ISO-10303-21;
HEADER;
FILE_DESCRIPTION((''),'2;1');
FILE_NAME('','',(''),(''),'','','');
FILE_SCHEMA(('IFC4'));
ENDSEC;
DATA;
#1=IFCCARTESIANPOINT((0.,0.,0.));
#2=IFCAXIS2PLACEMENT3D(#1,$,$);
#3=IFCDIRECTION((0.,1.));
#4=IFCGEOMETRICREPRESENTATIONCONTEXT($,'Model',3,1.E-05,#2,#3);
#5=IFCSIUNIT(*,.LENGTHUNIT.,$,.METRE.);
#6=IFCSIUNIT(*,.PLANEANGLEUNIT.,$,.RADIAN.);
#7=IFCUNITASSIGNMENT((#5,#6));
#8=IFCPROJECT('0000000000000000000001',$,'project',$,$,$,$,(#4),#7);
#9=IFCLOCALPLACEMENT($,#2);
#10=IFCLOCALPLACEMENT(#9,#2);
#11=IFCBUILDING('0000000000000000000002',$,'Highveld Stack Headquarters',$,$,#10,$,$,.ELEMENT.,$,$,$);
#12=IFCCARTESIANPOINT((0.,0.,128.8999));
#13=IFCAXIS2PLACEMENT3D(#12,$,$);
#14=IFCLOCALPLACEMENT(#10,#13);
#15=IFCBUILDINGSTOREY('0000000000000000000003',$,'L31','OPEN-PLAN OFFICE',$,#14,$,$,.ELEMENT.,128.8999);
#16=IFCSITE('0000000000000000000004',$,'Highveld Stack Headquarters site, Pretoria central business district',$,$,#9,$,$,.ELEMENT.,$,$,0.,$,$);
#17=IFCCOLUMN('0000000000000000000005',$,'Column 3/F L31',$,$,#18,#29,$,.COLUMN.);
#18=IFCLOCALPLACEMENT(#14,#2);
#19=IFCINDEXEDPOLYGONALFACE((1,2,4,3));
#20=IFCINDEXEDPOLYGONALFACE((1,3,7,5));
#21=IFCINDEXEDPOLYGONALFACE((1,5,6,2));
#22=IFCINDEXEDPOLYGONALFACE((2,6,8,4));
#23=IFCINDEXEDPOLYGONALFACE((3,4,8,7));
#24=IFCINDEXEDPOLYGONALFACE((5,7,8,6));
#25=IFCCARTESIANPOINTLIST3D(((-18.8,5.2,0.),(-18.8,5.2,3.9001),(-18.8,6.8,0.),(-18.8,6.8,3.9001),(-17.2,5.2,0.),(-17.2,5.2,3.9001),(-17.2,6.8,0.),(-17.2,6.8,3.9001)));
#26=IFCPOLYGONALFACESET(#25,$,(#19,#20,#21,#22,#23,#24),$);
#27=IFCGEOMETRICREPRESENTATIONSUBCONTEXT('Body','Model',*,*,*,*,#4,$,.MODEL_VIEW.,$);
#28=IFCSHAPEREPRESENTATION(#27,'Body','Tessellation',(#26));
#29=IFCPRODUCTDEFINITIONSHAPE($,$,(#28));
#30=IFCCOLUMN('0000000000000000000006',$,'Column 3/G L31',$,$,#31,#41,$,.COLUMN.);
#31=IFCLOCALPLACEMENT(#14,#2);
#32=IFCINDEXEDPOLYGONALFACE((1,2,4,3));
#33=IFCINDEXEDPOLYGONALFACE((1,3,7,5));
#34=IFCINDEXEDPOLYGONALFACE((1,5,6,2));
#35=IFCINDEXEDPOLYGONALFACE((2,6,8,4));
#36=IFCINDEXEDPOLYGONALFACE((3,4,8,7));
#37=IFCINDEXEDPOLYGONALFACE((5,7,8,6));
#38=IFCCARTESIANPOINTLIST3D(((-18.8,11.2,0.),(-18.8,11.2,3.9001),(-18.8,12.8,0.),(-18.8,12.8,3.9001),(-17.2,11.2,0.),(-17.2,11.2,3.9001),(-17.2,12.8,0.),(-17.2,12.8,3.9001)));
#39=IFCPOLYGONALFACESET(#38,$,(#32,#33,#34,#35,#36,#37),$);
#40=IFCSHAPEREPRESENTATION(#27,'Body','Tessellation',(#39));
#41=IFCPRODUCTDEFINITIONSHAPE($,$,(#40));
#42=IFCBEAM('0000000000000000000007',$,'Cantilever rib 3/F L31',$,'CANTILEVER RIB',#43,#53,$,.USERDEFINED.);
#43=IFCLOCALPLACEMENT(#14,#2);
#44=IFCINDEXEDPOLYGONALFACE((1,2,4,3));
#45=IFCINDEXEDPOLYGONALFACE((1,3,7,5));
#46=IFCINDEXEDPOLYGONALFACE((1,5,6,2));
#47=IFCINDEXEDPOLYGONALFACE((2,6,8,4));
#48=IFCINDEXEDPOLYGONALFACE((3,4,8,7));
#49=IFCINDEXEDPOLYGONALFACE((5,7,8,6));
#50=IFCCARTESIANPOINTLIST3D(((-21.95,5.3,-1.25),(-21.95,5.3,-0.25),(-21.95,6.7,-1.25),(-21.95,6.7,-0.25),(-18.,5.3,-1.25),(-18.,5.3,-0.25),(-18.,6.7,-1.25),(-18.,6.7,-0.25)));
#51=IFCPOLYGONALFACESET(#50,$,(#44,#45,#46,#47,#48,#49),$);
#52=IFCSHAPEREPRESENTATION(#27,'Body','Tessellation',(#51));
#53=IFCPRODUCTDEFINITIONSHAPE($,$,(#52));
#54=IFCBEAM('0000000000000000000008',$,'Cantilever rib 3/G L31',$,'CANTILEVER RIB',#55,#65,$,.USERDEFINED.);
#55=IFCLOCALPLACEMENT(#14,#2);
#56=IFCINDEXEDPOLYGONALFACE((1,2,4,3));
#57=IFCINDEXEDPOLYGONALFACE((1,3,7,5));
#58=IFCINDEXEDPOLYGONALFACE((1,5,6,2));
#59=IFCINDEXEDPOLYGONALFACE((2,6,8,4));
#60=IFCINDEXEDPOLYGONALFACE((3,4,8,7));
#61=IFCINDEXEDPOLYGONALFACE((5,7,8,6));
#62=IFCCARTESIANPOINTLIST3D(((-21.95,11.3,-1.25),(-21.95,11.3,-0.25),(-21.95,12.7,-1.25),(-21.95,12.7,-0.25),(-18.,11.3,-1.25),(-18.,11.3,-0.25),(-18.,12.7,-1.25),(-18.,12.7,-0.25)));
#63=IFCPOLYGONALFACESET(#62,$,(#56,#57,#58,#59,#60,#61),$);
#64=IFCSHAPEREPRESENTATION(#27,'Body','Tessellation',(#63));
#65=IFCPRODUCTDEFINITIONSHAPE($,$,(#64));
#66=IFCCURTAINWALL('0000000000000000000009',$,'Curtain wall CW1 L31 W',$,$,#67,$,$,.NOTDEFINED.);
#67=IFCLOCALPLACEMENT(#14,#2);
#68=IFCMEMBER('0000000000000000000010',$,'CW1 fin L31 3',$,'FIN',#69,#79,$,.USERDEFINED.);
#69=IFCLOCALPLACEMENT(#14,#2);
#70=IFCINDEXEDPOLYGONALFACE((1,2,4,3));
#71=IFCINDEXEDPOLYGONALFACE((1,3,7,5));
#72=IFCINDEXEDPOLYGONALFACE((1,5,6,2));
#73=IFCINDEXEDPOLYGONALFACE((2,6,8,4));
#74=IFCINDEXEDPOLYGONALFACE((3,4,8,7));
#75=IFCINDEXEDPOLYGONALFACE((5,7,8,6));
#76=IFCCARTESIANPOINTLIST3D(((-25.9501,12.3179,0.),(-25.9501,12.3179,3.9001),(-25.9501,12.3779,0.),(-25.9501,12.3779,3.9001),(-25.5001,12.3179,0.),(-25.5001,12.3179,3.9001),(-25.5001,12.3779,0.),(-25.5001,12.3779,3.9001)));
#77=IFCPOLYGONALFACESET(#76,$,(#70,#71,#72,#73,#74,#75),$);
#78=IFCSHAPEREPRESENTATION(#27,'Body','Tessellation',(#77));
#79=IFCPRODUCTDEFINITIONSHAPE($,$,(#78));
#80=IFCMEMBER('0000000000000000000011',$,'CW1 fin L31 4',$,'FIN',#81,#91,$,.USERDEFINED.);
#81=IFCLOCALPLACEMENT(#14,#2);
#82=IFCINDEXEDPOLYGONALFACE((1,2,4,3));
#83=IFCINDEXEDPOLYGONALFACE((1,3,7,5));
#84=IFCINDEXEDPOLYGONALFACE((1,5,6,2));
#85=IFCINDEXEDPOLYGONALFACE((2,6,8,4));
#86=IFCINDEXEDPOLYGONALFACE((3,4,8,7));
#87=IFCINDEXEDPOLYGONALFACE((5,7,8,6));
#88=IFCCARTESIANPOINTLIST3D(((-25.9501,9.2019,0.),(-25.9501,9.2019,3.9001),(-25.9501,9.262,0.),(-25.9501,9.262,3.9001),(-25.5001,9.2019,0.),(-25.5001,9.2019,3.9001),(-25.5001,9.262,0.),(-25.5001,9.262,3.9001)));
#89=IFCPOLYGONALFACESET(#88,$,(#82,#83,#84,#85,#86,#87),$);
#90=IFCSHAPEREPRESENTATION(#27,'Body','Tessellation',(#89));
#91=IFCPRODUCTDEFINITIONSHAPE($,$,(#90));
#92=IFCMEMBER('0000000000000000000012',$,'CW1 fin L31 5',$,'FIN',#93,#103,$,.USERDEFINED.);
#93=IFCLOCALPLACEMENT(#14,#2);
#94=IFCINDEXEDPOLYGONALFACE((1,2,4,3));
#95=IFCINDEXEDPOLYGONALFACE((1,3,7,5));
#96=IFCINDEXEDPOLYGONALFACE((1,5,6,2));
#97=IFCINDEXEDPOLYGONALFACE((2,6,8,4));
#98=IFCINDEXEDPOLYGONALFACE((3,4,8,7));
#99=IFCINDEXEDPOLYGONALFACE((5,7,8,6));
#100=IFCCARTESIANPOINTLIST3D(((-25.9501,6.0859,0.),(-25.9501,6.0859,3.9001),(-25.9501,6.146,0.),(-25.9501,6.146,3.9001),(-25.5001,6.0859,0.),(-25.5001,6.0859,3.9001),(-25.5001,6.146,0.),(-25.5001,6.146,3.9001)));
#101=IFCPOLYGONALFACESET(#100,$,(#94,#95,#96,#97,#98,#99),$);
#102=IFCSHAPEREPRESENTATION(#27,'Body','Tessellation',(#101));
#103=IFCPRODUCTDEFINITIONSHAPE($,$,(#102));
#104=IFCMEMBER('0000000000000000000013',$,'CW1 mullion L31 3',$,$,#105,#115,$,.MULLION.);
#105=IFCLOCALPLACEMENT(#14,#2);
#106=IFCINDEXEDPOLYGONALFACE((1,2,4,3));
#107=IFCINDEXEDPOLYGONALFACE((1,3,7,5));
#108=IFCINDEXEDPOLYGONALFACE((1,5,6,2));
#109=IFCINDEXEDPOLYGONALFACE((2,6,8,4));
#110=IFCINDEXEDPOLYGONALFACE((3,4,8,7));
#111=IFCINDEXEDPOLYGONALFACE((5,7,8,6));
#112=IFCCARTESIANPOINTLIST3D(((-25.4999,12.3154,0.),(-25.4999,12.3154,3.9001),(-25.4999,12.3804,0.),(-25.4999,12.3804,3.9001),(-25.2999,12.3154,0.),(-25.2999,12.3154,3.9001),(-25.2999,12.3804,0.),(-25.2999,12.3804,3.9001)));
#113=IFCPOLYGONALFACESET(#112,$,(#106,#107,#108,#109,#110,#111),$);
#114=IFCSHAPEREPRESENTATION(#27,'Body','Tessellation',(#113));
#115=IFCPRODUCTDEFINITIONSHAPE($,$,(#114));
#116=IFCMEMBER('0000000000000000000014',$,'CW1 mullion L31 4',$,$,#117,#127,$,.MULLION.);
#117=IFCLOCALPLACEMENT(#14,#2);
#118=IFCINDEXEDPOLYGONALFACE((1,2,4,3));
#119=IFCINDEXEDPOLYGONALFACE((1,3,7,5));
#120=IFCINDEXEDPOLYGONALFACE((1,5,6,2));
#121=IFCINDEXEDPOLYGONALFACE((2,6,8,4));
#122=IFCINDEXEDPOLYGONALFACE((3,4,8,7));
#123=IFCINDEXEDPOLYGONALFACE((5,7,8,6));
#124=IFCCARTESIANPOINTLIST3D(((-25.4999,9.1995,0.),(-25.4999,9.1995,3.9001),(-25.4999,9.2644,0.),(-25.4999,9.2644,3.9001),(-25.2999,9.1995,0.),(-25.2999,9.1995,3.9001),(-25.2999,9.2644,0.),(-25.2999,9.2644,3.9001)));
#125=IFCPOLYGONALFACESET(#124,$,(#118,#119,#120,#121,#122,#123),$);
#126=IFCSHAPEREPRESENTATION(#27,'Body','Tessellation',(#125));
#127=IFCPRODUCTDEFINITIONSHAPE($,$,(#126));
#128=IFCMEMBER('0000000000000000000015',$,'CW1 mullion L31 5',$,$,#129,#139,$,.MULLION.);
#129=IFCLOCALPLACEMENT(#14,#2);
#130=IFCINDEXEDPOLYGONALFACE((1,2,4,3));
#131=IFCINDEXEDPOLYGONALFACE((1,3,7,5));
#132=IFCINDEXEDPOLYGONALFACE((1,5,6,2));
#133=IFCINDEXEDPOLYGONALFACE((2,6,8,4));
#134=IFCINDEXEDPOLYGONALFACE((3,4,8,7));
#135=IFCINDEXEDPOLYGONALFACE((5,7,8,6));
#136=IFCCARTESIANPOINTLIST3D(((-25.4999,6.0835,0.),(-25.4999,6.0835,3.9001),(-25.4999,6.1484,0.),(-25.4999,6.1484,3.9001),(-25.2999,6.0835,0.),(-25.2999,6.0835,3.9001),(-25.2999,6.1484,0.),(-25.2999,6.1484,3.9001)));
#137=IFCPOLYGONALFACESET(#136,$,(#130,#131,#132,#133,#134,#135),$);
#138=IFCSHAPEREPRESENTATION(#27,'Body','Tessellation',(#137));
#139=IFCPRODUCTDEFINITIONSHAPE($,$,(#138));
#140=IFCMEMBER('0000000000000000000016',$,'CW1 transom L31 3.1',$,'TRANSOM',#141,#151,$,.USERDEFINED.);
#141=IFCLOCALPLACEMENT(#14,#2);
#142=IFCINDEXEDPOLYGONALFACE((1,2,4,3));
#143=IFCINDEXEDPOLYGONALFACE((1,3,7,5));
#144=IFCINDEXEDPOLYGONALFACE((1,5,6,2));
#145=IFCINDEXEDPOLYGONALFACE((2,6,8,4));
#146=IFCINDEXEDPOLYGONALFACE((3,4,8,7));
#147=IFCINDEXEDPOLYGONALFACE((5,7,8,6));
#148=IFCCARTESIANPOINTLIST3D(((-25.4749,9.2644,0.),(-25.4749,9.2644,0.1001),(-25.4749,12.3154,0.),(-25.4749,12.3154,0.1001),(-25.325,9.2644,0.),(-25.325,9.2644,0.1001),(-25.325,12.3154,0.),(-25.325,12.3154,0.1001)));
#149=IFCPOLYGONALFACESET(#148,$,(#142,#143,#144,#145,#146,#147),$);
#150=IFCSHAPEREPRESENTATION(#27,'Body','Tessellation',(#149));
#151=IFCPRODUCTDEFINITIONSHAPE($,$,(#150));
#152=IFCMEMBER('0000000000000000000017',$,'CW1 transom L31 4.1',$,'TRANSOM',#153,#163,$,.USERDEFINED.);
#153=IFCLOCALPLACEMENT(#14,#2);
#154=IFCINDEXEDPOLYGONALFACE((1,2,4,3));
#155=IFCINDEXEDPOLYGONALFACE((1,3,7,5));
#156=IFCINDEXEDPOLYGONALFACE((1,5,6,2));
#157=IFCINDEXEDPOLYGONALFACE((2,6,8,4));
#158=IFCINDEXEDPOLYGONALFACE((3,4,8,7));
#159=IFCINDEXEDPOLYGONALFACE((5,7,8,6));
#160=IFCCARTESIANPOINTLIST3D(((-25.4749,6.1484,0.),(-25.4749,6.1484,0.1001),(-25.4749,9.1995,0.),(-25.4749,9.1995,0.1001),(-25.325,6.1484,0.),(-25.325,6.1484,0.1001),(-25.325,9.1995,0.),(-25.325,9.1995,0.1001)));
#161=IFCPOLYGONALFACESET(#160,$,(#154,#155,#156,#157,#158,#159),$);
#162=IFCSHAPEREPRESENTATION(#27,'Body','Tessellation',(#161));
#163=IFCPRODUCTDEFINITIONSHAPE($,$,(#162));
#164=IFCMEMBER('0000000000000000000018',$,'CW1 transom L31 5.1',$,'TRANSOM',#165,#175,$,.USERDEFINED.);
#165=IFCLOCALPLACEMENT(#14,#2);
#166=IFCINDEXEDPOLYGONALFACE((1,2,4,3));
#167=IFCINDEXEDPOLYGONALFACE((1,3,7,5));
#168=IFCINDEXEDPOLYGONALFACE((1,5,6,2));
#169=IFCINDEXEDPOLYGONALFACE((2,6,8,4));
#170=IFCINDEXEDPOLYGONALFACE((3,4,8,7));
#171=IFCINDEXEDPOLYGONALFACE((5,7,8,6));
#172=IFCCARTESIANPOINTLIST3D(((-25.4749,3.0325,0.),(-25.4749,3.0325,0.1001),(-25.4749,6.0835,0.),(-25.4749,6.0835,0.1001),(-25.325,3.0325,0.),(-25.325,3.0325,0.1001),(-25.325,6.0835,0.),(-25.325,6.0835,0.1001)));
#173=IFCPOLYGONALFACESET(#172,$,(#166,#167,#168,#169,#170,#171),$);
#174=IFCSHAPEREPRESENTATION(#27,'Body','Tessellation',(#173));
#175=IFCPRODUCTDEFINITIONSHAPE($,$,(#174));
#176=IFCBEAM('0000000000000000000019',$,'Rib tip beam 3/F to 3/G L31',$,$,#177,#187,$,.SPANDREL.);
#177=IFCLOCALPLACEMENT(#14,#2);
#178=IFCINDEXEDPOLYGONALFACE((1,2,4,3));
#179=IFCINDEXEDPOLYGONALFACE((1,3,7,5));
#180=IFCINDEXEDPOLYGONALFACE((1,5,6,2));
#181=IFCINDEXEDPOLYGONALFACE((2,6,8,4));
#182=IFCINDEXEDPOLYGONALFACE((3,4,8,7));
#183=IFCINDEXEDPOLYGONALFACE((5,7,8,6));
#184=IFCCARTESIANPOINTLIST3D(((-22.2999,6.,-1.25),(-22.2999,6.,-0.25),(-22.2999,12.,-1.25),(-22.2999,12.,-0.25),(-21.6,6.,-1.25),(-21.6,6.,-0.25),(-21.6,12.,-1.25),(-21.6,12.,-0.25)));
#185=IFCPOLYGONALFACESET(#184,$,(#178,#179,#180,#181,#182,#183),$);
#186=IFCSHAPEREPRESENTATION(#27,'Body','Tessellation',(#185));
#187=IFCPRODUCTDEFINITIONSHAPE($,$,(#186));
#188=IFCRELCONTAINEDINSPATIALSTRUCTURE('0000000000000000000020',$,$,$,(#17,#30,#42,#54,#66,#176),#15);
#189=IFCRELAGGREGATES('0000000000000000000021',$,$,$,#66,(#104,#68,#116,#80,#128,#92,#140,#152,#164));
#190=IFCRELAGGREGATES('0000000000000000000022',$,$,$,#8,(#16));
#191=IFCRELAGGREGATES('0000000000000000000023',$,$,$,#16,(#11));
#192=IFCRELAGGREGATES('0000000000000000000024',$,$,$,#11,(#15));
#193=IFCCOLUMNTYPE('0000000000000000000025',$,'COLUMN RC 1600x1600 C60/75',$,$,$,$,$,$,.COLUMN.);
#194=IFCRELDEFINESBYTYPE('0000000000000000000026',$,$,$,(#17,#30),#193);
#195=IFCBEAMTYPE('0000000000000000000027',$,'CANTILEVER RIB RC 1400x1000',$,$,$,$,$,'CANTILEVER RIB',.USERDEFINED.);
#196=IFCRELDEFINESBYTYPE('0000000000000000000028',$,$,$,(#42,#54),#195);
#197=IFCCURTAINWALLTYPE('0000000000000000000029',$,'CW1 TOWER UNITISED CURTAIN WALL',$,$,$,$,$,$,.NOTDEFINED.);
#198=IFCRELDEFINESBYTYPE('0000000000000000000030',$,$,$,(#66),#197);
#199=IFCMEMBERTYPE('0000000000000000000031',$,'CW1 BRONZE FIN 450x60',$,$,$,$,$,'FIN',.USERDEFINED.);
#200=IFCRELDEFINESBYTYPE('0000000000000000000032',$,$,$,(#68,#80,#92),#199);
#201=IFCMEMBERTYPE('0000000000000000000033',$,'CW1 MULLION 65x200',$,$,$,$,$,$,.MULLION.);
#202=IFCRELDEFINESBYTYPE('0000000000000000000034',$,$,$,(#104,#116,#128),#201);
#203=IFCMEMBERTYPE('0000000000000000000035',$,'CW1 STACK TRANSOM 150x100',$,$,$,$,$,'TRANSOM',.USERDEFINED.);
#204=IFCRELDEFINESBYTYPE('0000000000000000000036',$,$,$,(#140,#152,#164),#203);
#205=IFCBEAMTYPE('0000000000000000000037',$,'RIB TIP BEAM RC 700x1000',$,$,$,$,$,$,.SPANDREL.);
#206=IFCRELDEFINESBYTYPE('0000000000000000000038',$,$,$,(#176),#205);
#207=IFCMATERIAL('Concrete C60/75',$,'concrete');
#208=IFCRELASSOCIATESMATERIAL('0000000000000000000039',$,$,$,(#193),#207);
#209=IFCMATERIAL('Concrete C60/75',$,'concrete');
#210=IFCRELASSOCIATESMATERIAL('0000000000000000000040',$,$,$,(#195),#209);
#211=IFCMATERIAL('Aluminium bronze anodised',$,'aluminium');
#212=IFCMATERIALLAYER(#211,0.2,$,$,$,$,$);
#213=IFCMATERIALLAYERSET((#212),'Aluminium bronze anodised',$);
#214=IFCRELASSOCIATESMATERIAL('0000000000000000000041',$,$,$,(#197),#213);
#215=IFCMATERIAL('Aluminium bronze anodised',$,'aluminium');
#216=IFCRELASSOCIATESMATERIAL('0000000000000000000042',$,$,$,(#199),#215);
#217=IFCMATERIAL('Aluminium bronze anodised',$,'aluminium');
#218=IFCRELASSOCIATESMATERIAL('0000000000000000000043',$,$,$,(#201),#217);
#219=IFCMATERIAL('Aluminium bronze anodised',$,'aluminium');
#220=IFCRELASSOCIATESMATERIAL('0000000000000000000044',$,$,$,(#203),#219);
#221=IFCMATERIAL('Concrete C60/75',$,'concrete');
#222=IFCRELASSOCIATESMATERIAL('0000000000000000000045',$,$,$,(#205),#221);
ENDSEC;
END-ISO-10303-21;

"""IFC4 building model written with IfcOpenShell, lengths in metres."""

from ifc_helpers import new_model, si_unit, direction, frame, origin, origin_2d, place, context, subcontext, project, spatial, rectangle, extrude, material, layer, layer_set, material_profile, profile_set, type_object, element, aggregate, save


model = new_model("IFC4")

# Units and contexts
model_context = context("Model", 3, precision=1e-05, world=origin(), true_north=direction((0.0, 1.0)))
body_context = subcontext(model_context, "Body", "Model", "MODEL_VIEW")
ifc_project = project(units=[si_unit("LENGTHUNIT", "METRE"), si_unit("PLANEANGLEUNIT", "RADIAN")], contexts=[model_context])

# Site, building, storey
site_placement = place(None, origin())
site = spatial("IfcSite", under=ifc_project, at=site_placement, Name="Highveld Stack Headquarters site, Pretoria central business district", CompositionType="ELEMENT", RefElevation=0.0)
building_placement = place(site_placement, origin())
building = spatial("IfcBuilding", under=site, at=building_placement, Name="Highveld Stack Headquarters", CompositionType="ELEMENT")
storey_placement = place(building_placement, frame((0.0, 0.0, 128.8999)))
storey = spatial("IfcBuildingStorey", under=building, at=storey_placement, Name="L31", Description="OPEN-PLAN OFFICE", CompositionType="ELEMENT", Elevation=128.8999)

# Columns
ifc_material_1 = material(Name="Concrete C60/75", Category="concrete")
ifc_material_profile_1 = material_profile(ifc_material_1, rectangle(XDim=1.6001, YDim=1.6001, at=origin_2d()), Name="RC 1600x1600")
ifc_profile_set_1 = profile_set([ifc_material_profile_1], Name="Concrete C60/75")
column_type = type_object("IfcColumnType", Name="COLUMN RC 1600x1600 C60/75", PredefinedType="COLUMN", material=ifc_profile_set_1)
for number, where, z_axis, x_axis, name in (
    (1, (-18.0, 6.0, 0.0), (0.0, 0.0, 1.0), (1.0, 0.0, 0.0), "Column 3/F L31"),
    (2, (-18.0, 12.0, 0.0), (0.0, 0.0, 1.0), (1.0, 0.0, 0.0), "Column 3/G L31"),
):
    element("IfcColumn", number, at=place(storey_placement, frame(where, z_axis=z_axis, x_axis=x_axis)), inside=storey, type_object=column_type, Name=name, PredefinedType="COLUMN", context=body_context, shape_type="SweptSolid", body=[
        extrude(rectangle(XDim=1.6001, YDim=1.6001, at=origin_2d()), origin(), (0.0, 0.0, 1.0), 3.9001),
    ])

# Beams
ifc_material_2 = material(Name="Concrete C60/75", Category="concrete")
ifc_material_profile_2 = material_profile(ifc_material_2, rectangle(XDim=1.3999, YDim=1.0, at=origin_2d()), Name="RC 1400x1000")
ifc_profile_set_2 = profile_set([ifc_material_profile_2], Name="Concrete C60/75")
beam_type_1 = type_object("IfcBeamType", Name="CANTILEVER RIB RC 1400x1000", ElementType="CANTILEVER RIB", PredefinedType="USERDEFINED", material=ifc_profile_set_2)
for number, where, z_axis, x_axis, name in (
    (3, (-18.0, 6.0, -0.75), (-1.0, 0.0, 0.0), (0.0, -1.0, 0.0), "Cantilever rib 3/F L31"),
    (4, (-18.0, 12.0, -0.75), (-1.0, 0.0, 0.0), (0.0, -1.0, 0.0), "Cantilever rib 3/G L31"),
):
    element("IfcBeam", number, at=place(storey_placement, frame(where, z_axis=z_axis, x_axis=x_axis)), inside=storey, type_object=beam_type_1, Name=name, ObjectType="CANTILEVER RIB", PredefinedType="USERDEFINED", context=body_context, shape_type="SweptSolid", body=[
        extrude(rectangle(XDim=1.3999, YDim=1.0, at=origin_2d()), origin(), (0.0, 0.0, 1.0), 3.95),
    ])

# Curtain wall, members
ifc_material_3 = material(Name="Aluminium bronze anodised", Category="aluminium")
ifc_layer_1 = layer(ifc_material_3, 0.2)
ifc_layer_set_1 = layer_set([ifc_layer_1], Name="Aluminium bronze anodised")
curtain_wall_type = type_object("IfcCurtainWallType", Name="CW1 TOWER UNITISED CURTAIN WALL", PredefinedType="NOTDEFINED", material=ifc_layer_set_1)
curtain_wall_placement = place(storey_placement, origin())
curtain_wall = element("IfcCurtainWall", 5, at=curtain_wall_placement, inside=storey, type_object=curtain_wall_type, Name="Curtain wall CW1 L31 W", PredefinedType="NOTDEFINED")
ifc_material_4 = material(Name="Aluminium bronze anodised", Category="aluminium")
ifc_material_profile_3 = material_profile(ifc_material_4, rectangle(XDim=0.45, YDim=0.0601, at=origin_2d()), Name="FIN 450x60")
ifc_profile_set_3 = profile_set([ifc_material_profile_3], Name="Aluminium bronze anodised")
member_type_1 = type_object("IfcMemberType", Name="CW1 BRONZE FIN 450x60", ElementType="FIN", PredefinedType="USERDEFINED", material=ifc_profile_set_3)
member_1_placement = place(storey_placement, frame((-25.7251, 12.3479, 0.0), z_axis=(0.0, 0.0, 1.0), x_axis=(1.0, 0.0, 0.0)))
member_1 = element("IfcMember", 6, at=member_1_placement, type_object=member_type_1, Name="CW1 fin L31 3", ObjectType="FIN", PredefinedType="USERDEFINED", context=body_context, shape_type="SweptSolid", body=[
    extrude(rectangle(XDim=0.45, YDim=0.0601, at=origin_2d()), origin(), (0.0, 0.0, 1.0), 3.9001),
])
member_2_placement = place(storey_placement, frame((-25.7251, 9.2319, 0.0), z_axis=(0.0, 0.0, 1.0), x_axis=(1.0, 0.0, 0.0)))
member_2 = element("IfcMember", 7, at=member_2_placement, type_object=member_type_1, Name="CW1 fin L31 4", ObjectType="FIN", PredefinedType="USERDEFINED", context=body_context, shape_type="SweptSolid", body=[
    extrude(rectangle(XDim=0.45, YDim=0.0601, at=origin_2d()), origin(), (0.0, 0.0, 1.0), 3.9001),
])
member_3_placement = place(storey_placement, frame((-25.7251, 6.116, 0.0), z_axis=(0.0, 0.0, 1.0), x_axis=(1.0, 0.0, 0.0)))
member_3 = element("IfcMember", 8, at=member_3_placement, type_object=member_type_1, Name="CW1 fin L31 5", ObjectType="FIN", PredefinedType="USERDEFINED", context=body_context, shape_type="SweptSolid", body=[
    extrude(rectangle(XDim=0.45, YDim=0.0601, at=origin_2d()), origin(), (0.0, 0.0, 1.0), 3.9001),
])
ifc_material_5 = material(Name="Aluminium bronze anodised", Category="aluminium")
ifc_material_profile_4 = material_profile(ifc_material_5, rectangle(XDim=0.2, YDim=0.0649, at=origin_2d()), Name="CW1 MULLION 65x200")
ifc_profile_set_4 = profile_set([ifc_material_profile_4], Name="Aluminium bronze anodised")
member_type_2 = type_object("IfcMemberType", Name="CW1 MULLION 65x200", PredefinedType="MULLION", material=ifc_profile_set_4)
member_4_placement = place(storey_placement, frame((-25.3999, 12.3479, 0.0), z_axis=(0.0, 0.0, 1.0), x_axis=(1.0, 0.0, 0.0)))
member_4 = element("IfcMember", 9, at=member_4_placement, type_object=member_type_2, Name="CW1 mullion L31 3", PredefinedType="MULLION", context=body_context, shape_type="SweptSolid", body=[
    extrude(rectangle(XDim=0.2, YDim=0.0649, at=origin_2d()), origin(), (0.0, 0.0, 1.0), 3.9001),
])
member_5_placement = place(storey_placement, frame((-25.3999, 9.2319, 0.0), z_axis=(0.0, 0.0, 1.0), x_axis=(1.0, 0.0, 0.0)))
member_5 = element("IfcMember", 10, at=member_5_placement, type_object=member_type_2, Name="CW1 mullion L31 4", PredefinedType="MULLION", context=body_context, shape_type="SweptSolid", body=[
    extrude(rectangle(XDim=0.2, YDim=0.0649, at=origin_2d()), origin(), (0.0, 0.0, 1.0), 3.9001),
])
member_6_placement = place(storey_placement, frame((-25.3999, 6.116, 0.0), z_axis=(0.0, 0.0, 1.0), x_axis=(1.0, 0.0, 0.0)))
member_6 = element("IfcMember", 11, at=member_6_placement, type_object=member_type_2, Name="CW1 mullion L31 5", PredefinedType="MULLION", context=body_context, shape_type="SweptSolid", body=[
    extrude(rectangle(XDim=0.2, YDim=0.0649, at=origin_2d()), origin(), (0.0, 0.0, 1.0), 3.9001),
])
ifc_material_6 = material(Name="Aluminium bronze anodised", Category="aluminium")
ifc_material_profile_5 = material_profile(ifc_material_6, rectangle(XDim=0.1499, YDim=0.1001, at=origin_2d()), Name="CW1 TRANSOM 150x100")
ifc_profile_set_5 = profile_set([ifc_material_profile_5], Name="Aluminium bronze anodised")
member_type_3 = type_object("IfcMemberType", Name="CW1 STACK TRANSOM 150x100", ElementType="TRANSOM", PredefinedType="USERDEFINED", material=ifc_profile_set_5)
member_7_placement = place(storey_placement, frame((-25.3999, 12.3154, 0.05), z_axis=(0.0, -1.0, 0.0), x_axis=(1.0, 0.0, 0.0)))
member_7 = element("IfcMember", 12, at=member_7_placement, type_object=member_type_3, Name="CW1 transom L31 3.1", ObjectType="TRANSOM", PredefinedType="USERDEFINED", context=body_context, shape_type="SweptSolid", body=[
    extrude(rectangle(XDim=0.1499, YDim=0.1001, at=origin_2d()), origin(), (0.0, 0.0, 1.0), 3.051),
])
member_8_placement = place(storey_placement, frame((-25.3999, 9.1995, 0.05), z_axis=(0.0, -1.0, 0.0), x_axis=(1.0, 0.0, 0.0)))
member_8 = element("IfcMember", 13, at=member_8_placement, type_object=member_type_3, Name="CW1 transom L31 4.1", ObjectType="TRANSOM", PredefinedType="USERDEFINED", context=body_context, shape_type="SweptSolid", body=[
    extrude(rectangle(XDim=0.1499, YDim=0.1001, at=origin_2d()), origin(), (0.0, 0.0, 1.0), 3.051),
])
member_9_placement = place(storey_placement, frame((-25.3999, 6.0835, 0.05), z_axis=(0.0, -1.0, 0.0), x_axis=(1.0, 0.0, 0.0)))
member_9 = element("IfcMember", 14, at=member_9_placement, type_object=member_type_3, Name="CW1 transom L31 5.1", ObjectType="TRANSOM", PredefinedType="USERDEFINED", context=body_context, shape_type="SweptSolid", body=[
    extrude(rectangle(XDim=0.1499, YDim=0.1001, at=origin_2d()), origin(), (0.0, 0.0, 1.0), 3.051),
])

# Beam
ifc_material_7 = material(Name="Concrete C60/75", Category="concrete")
ifc_material_profile_6 = material_profile(ifc_material_7, rectangle(XDim=0.7, YDim=1.0, at=origin_2d()), Name="RC 700x1000")
ifc_profile_set_6 = profile_set([ifc_material_profile_6], Name="Concrete C60/75")
beam_type_2 = type_object("IfcBeamType", Name="RIB TIP BEAM RC 700x1000", PredefinedType="SPANDREL", material=ifc_profile_set_6)
for number, where, z_axis, x_axis, name in (
    (15, (-21.95, 6.0, -0.75), (0.0, 1.0, 0.0), (-1.0, 0.0, 0.0), "Rib tip beam 3/F to 3/G L31"),
):
    element("IfcBeam", number, at=place(storey_placement, frame(where, z_axis=z_axis, x_axis=x_axis)), inside=storey, type_object=beam_type_2, Name=name, PredefinedType="SPANDREL", context=body_context, shape_type="SweptSolid", body=[
        extrude(rectangle(XDim=0.7, YDim=1.0, at=origin_2d()), origin(), (0.0, 0.0, 1.0), 6.0),
    ])

aggregate(curtain_wall, [member_4, member_1, member_5, member_2, member_6, member_3, member_7, member_8, member_9])

save(model, "model.ifc")
